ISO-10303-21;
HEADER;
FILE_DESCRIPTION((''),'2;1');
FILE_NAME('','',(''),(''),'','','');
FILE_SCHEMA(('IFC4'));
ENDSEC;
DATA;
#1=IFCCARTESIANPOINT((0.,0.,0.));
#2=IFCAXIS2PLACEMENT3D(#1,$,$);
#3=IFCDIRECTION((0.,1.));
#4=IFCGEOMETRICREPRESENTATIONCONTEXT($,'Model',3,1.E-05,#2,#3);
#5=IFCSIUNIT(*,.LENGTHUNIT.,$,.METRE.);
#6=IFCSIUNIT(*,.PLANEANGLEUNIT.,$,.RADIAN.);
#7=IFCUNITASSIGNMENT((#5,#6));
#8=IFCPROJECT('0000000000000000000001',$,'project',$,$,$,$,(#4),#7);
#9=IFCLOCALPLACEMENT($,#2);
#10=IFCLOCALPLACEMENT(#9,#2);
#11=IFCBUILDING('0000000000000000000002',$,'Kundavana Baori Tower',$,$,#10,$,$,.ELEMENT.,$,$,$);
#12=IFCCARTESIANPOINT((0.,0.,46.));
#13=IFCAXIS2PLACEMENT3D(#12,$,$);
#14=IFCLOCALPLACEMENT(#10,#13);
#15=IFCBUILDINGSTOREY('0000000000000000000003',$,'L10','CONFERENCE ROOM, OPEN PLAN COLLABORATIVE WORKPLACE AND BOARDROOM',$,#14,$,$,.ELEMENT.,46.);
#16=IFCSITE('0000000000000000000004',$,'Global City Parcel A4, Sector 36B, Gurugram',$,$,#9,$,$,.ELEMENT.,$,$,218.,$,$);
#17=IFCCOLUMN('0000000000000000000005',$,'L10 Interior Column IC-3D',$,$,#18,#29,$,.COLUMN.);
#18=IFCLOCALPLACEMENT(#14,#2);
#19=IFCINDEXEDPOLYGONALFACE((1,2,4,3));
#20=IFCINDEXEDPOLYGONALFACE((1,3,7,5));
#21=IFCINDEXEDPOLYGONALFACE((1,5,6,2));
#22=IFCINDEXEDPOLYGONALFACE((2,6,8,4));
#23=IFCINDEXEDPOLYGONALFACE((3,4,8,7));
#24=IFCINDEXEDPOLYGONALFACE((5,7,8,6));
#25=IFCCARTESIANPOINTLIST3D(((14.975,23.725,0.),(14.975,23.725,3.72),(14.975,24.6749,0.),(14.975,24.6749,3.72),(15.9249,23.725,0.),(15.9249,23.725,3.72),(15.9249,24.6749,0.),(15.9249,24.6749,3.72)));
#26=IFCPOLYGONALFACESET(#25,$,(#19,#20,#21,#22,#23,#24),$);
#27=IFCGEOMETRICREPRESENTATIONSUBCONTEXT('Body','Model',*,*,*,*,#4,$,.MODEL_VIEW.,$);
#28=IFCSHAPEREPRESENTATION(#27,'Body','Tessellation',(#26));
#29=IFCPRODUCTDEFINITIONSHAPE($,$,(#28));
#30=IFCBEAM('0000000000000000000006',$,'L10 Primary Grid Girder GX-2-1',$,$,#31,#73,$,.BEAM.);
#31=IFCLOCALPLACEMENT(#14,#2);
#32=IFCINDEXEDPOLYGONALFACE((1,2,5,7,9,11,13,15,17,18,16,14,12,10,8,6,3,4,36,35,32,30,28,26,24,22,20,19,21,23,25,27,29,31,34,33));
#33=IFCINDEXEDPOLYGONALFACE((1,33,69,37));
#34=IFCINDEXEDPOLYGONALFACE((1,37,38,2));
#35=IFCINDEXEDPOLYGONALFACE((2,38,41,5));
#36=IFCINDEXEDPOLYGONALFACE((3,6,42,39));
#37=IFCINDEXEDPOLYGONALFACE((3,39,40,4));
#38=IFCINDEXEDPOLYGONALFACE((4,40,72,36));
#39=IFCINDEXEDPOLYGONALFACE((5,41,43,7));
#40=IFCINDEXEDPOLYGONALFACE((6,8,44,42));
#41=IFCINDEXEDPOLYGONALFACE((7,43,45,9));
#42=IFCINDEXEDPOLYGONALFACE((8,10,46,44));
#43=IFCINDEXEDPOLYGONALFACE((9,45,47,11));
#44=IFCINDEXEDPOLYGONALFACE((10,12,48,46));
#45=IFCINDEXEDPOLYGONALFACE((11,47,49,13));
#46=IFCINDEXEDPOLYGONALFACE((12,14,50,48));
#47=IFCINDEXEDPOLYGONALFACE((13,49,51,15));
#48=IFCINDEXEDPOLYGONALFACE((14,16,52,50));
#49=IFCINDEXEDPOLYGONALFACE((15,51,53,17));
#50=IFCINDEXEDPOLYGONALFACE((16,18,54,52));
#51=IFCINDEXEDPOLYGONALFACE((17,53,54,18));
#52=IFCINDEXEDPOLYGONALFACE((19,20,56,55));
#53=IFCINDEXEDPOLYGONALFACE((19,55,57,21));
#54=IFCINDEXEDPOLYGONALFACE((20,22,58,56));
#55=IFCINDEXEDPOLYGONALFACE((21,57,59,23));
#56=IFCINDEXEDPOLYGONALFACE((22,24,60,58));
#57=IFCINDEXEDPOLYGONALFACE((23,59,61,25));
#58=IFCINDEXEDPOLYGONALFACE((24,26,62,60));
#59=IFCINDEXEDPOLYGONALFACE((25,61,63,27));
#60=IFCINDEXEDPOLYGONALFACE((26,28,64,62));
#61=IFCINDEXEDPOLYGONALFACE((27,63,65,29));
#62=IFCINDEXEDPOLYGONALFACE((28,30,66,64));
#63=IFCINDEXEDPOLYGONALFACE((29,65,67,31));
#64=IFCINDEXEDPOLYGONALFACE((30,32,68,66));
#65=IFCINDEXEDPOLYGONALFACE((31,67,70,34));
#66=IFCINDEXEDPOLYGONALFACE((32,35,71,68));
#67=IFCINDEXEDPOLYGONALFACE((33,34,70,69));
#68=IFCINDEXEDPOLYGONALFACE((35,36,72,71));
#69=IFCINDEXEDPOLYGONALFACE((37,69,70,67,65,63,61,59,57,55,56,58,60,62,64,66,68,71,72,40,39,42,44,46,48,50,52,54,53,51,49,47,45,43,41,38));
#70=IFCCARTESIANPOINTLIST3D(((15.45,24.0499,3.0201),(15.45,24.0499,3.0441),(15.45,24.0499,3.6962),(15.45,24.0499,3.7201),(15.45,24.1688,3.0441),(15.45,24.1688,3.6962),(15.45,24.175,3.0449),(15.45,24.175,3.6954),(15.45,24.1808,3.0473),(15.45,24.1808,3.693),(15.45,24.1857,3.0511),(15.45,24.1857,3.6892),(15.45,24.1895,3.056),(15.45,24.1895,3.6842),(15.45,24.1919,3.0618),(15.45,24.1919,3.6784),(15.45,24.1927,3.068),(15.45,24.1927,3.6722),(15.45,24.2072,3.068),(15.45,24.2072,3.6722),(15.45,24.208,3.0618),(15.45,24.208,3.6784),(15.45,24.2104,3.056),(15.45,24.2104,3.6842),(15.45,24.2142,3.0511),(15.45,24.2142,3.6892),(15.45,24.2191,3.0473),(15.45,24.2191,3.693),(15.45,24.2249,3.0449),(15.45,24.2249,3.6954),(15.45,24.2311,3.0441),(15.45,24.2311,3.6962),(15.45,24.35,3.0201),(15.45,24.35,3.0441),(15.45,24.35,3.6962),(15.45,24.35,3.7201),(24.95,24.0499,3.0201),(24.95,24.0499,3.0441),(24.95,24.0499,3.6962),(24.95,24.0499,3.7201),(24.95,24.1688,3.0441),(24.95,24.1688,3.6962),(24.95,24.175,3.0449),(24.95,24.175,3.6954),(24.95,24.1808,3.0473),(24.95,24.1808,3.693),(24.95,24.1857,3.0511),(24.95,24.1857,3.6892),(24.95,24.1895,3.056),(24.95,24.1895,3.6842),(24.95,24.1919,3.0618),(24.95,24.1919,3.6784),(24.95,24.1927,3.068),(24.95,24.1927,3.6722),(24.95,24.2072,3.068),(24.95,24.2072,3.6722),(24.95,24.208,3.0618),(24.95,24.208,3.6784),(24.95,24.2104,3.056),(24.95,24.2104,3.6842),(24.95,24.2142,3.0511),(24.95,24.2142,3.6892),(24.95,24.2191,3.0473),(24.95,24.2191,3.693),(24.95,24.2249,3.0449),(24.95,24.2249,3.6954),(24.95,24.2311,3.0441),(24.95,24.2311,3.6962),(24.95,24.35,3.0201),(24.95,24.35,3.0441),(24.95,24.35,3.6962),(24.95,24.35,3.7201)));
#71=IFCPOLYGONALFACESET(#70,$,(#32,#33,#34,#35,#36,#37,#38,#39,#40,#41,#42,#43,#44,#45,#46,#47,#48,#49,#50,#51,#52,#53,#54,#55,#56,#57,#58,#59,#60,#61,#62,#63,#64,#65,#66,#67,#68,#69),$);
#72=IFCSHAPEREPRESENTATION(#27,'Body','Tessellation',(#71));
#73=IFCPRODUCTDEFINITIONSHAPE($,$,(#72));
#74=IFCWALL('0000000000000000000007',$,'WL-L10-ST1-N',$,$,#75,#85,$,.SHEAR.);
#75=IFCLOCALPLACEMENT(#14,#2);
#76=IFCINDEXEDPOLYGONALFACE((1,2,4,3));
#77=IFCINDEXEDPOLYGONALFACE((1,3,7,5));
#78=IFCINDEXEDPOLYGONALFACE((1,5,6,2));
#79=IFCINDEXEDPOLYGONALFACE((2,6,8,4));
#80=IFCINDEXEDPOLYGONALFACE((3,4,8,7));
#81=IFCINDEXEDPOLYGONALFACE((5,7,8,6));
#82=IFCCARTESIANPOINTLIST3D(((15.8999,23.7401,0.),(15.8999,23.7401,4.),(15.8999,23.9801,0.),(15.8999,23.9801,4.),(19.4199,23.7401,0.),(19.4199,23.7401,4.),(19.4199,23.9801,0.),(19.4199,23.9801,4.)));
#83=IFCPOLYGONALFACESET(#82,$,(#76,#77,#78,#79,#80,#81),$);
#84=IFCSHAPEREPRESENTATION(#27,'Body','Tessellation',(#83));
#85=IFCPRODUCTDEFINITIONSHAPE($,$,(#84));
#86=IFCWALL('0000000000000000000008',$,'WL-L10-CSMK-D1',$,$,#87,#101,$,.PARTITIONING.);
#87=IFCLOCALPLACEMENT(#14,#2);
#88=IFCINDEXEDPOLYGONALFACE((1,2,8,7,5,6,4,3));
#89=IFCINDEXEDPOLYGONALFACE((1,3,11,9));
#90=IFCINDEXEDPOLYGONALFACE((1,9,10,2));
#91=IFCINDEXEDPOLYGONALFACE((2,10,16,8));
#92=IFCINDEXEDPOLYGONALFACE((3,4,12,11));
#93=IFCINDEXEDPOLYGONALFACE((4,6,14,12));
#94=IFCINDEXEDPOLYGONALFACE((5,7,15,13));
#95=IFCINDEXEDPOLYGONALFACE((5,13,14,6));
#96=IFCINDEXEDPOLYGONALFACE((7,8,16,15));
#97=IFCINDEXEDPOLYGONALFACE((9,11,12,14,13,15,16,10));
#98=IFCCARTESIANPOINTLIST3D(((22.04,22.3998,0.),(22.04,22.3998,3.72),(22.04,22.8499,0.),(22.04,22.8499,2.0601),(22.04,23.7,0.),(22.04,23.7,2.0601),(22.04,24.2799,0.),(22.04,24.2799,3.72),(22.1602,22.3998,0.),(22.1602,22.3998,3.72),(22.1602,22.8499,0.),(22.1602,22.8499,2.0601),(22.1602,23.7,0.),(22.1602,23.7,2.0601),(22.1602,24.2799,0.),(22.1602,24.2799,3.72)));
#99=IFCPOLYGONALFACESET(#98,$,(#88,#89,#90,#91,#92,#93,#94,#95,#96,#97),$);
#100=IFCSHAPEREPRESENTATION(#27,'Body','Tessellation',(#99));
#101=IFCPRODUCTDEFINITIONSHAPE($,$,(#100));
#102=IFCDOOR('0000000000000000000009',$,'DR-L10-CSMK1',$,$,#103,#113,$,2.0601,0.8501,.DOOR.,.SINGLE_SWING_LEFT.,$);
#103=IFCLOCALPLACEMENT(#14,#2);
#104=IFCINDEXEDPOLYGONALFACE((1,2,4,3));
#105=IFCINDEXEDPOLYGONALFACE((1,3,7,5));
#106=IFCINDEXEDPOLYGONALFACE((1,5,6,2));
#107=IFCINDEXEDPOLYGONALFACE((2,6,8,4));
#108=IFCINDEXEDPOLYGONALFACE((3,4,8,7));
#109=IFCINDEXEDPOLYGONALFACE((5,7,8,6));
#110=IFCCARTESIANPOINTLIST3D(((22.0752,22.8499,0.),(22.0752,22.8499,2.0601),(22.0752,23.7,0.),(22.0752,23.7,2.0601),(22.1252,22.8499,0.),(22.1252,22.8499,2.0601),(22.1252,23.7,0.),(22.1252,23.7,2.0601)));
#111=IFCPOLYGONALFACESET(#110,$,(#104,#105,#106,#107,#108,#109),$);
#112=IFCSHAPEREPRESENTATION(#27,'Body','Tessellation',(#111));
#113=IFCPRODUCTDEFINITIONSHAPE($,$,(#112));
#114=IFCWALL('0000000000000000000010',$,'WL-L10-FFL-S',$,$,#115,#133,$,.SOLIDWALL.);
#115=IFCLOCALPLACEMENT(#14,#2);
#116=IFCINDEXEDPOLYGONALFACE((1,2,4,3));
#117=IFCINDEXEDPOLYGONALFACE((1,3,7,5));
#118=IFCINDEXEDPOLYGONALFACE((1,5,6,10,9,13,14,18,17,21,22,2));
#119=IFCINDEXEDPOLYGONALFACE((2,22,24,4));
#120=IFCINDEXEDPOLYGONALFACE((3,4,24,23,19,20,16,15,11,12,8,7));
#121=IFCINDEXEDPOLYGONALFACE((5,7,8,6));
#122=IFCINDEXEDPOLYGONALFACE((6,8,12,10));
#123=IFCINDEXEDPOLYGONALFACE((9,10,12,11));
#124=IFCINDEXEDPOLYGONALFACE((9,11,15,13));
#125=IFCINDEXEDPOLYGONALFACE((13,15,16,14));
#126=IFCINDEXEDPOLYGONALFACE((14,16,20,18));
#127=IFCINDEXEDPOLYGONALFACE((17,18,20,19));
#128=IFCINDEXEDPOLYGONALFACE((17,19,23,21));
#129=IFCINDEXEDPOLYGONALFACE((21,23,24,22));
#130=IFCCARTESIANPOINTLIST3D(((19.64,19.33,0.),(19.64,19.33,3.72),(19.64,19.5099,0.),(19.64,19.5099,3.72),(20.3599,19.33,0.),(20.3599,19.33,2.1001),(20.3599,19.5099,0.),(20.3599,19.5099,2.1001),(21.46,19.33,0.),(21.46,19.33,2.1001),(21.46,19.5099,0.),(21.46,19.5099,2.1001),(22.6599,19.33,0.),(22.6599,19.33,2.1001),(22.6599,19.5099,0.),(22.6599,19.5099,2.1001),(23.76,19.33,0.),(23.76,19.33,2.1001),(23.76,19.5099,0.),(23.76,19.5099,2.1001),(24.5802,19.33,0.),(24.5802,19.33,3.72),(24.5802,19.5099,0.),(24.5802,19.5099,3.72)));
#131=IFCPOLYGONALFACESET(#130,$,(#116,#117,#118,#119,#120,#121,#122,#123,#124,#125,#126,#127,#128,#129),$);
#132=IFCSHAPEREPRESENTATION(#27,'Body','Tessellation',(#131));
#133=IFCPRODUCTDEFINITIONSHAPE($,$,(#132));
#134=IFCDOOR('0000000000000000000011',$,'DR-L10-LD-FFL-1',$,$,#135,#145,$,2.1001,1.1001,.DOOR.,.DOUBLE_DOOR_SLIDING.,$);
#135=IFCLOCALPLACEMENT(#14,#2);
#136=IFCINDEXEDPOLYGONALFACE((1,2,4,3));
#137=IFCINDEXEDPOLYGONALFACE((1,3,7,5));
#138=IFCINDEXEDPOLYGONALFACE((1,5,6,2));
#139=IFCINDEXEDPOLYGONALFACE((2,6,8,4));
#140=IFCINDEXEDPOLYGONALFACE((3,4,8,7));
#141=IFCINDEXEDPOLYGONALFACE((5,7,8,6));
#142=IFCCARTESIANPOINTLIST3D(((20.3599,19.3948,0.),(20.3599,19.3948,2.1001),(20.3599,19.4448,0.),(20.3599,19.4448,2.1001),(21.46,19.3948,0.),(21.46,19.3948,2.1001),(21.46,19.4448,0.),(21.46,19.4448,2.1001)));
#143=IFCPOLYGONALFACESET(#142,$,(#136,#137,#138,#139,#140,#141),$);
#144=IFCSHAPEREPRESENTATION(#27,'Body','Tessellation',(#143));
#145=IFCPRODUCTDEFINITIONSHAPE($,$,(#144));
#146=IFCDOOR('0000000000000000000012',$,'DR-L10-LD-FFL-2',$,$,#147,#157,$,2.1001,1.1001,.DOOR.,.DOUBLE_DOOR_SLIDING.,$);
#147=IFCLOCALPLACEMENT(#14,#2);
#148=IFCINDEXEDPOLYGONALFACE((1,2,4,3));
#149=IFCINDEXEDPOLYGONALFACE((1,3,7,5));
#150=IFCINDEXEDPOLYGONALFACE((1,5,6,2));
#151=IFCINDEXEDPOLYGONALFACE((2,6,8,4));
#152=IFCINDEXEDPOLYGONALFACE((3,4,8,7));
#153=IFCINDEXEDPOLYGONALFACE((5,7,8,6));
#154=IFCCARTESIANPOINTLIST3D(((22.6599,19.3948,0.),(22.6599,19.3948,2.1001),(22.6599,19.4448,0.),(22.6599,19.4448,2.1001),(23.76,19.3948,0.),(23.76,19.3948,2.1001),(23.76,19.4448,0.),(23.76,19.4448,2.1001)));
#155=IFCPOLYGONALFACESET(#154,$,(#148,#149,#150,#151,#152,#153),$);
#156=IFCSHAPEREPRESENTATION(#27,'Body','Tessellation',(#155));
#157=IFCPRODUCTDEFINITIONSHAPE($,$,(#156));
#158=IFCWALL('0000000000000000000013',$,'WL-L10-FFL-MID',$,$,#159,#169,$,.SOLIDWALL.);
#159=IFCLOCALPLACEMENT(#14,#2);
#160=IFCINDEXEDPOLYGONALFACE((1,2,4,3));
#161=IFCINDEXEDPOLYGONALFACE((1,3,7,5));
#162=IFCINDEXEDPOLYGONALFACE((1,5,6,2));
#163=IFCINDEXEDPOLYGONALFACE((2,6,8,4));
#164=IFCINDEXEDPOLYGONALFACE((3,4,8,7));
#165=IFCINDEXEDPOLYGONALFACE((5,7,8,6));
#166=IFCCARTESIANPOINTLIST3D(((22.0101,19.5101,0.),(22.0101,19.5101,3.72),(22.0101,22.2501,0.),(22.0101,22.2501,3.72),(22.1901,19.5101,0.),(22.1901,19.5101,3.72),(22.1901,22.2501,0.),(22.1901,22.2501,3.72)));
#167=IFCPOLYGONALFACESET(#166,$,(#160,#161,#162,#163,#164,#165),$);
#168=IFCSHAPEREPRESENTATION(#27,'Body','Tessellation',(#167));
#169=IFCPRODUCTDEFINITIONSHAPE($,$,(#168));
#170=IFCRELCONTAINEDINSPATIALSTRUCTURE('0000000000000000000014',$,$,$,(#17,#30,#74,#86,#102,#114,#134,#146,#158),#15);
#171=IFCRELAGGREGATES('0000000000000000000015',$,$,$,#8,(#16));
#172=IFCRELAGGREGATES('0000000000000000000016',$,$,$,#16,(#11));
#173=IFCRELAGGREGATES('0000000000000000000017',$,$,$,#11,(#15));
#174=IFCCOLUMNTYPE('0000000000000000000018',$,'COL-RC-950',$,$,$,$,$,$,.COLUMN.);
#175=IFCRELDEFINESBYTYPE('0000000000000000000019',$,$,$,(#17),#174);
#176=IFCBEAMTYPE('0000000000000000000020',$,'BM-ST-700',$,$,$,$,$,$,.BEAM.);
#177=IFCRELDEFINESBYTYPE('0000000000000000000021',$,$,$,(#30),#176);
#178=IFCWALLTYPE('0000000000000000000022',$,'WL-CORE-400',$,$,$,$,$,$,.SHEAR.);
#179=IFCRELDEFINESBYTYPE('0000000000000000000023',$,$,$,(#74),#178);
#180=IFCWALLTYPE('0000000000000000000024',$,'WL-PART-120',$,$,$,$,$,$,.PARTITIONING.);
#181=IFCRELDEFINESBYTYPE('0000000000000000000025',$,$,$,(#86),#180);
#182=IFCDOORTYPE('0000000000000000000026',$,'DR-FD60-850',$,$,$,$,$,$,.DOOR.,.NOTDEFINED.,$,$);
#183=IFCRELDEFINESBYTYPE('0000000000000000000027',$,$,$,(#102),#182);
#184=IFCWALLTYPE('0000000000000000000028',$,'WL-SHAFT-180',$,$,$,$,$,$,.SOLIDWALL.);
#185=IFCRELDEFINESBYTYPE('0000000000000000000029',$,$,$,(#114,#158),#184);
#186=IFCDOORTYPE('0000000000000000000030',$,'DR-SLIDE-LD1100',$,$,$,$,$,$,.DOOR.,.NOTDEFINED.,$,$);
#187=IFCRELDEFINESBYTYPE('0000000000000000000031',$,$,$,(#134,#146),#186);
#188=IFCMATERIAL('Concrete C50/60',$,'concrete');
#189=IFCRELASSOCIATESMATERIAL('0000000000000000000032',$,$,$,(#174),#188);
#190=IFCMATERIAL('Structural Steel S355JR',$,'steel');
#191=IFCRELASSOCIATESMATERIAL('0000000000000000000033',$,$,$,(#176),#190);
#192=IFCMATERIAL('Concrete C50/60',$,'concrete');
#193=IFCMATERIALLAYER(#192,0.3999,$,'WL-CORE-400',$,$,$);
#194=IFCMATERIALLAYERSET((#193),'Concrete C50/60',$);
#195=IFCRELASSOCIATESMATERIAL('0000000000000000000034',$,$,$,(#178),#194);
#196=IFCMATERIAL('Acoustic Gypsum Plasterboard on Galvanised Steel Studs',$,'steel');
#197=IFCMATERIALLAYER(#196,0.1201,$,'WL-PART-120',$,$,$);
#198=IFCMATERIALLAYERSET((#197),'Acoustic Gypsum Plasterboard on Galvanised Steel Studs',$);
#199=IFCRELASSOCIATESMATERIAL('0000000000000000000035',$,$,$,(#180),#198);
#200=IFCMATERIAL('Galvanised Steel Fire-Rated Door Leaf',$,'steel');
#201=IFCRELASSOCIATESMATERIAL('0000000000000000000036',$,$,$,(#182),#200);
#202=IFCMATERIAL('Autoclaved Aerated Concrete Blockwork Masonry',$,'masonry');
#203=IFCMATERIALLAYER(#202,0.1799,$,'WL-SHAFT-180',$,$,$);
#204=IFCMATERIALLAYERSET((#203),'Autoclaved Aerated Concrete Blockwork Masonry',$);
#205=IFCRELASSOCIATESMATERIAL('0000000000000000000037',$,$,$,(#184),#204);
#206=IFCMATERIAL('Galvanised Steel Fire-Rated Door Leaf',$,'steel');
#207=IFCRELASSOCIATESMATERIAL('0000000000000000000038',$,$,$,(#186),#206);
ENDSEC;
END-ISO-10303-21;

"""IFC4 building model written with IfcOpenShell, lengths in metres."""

from ifc_helpers import new_model, si_unit, direction, frame, frame_2d, origin, origin_2d, place, context, subcontext, project, spatial, rectangle, i_section, extrude, material, layer, layer_set, material_profile, profile_set, type_object, element, fill, save


model = new_model("IFC4")

# Units and contexts
model_context = context("Model", 3, precision=1e-05, world=origin(), true_north=direction((0.0, 1.0)))
body_context = subcontext(model_context, "Body", "Model", "MODEL_VIEW")
ifc_project = project(units=[si_unit("LENGTHUNIT", "METRE"), si_unit("PLANEANGLEUNIT", "RADIAN")], contexts=[model_context])

# Site, building, storey
site_placement = place(None, origin())
site = spatial("IfcSite", under=ifc_project, at=site_placement, Name="Global City Parcel A4, Sector 36B, Gurugram", CompositionType="ELEMENT", RefElevation=218.0)
building_placement = place(site_placement, origin())
building = spatial("IfcBuilding", under=site, at=building_placement, Name="Kundavana Baori Tower", CompositionType="ELEMENT")
storey_placement = place(building_placement, frame((0.0, 0.0, 46.0)))
storey = spatial("IfcBuildingStorey", under=building, at=storey_placement, Name="L10", Description="CONFERENCE ROOM, OPEN PLAN COLLABORATIVE WORKPLACE AND BOARDROOM", CompositionType="ELEMENT", Elevation=46.0)

# Column
ifc_material_1 = material(Name="Concrete C50/60", Category="concrete")
ifc_material_profile_1 = material_profile(ifc_material_1, rectangle(XDim=0.95, YDim=0.95, at=origin_2d()), Name="RC 950x950")
ifc_profile_set_1 = profile_set([ifc_material_profile_1], Name="Concrete C50/60")
column_type = type_object("IfcColumnType", Name="COL-RC-950", PredefinedType="COLUMN", material=ifc_profile_set_1)
column_placement = place(storey_placement, frame((15.45, 24.2, 0.0), z_axis=(0.0, 0.0, 1.0), x_axis=(1.0, 0.0, 0.0)))
element("IfcColumn", 1, at=column_placement, inside=storey, type_object=column_type, Name="L10 Interior Column IC-3D", PredefinedType="COLUMN", context=body_context, shape_type="SweptSolid", body=[
    extrude(rectangle(XDim=0.95, YDim=0.95, at=origin_2d()), origin(), (0.0, 0.0, 1.0), 3.72),
])

# Beam
ifc_material_2 = material(Name="Structural Steel S355JR", Category="steel")
ifc_material_profile_2 = material_profile(ifc_material_2, i_section(OverallWidth=0.3, OverallDepth=0.7, WebThickness=0.0144, FlangeThickness=0.0239, FilletRadius=0.0239, at=origin_2d()), Name="NPB 700x300x170")
ifc_profile_set_2 = profile_set([ifc_material_profile_2], Name="Structural Steel S355JR")
beam_type = type_object("IfcBeamType", Name="BM-ST-700", PredefinedType="BEAM", material=ifc_profile_set_2)
beam_placement = place(storey_placement, frame((15.45, 24.2, 3.3701), z_axis=(1.0, 0.0, 0.0), x_axis=(0.0, 1.0, 0.0)))
element("IfcBeam", 2, at=beam_placement, inside=storey, type_object=beam_type, Name="L10 Primary Grid Girder GX-2-1", PredefinedType="BEAM", context=body_context, shape_type="SweptSolid", body=[
    extrude(i_section(OverallWidth=0.3, OverallDepth=0.7, WebThickness=0.0144, FlangeThickness=0.0239, FilletRadius=0.0239, at=origin_2d()), origin(), (0.0, 0.0, 1.0), 9.5),
])

# Wall
ifc_material_3 = material(Name="Concrete C50/60", Category="concrete")
ifc_layer_1 = layer(ifc_material_3, 0.3999, Name="WL-CORE-400")
ifc_layer_set_1 = layer_set([ifc_layer_1], Name="Concrete C50/60")
wall_type_1 = type_object("IfcWallType", Name="WL-CORE-400", PredefinedType="SHEAR", material=ifc_layer_set_1)
wall_1_placement = place(storey_placement, frame((15.8999, 23.8601, 0.0), z_axis=(0.0, 0.0, 1.0), x_axis=(1.0, 0.0, 0.0)))
element("IfcWall", 3, at=wall_1_placement, inside=storey, type_object=wall_type_1, Name="WL-L10-ST1-N", PredefinedType="SHEAR", context=body_context, shape_type="SweptSolid", body=[
    extrude(rectangle(XDim=3.52, YDim=0.24, at=frame_2d((1.76, 0.0))), origin(), (0.0, 0.0, 1.0), 4.0),
])

# Wall, opening, door
ifc_material_4 = material(Name="Acoustic Gypsum Plasterboard on Galvanised Steel Studs", Category="steel")
ifc_layer_2 = layer(ifc_material_4, 0.1201, Name="WL-PART-120")
ifc_layer_set_2 = layer_set([ifc_layer_2], Name="Acoustic Gypsum Plasterboard on Galvanised Steel Studs")
wall_type_2 = type_object("IfcWallType", Name="WL-PART-120", PredefinedType="PARTITIONING", material=ifc_layer_set_2)
wall_2_placement = place(storey_placement, frame((22.1001, 22.3999, 0.0), z_axis=(0.0, 0.0, 1.0), x_axis=(0.0, 1.0, 0.0)))
wall_2 = element("IfcWall", 4, at=wall_2_placement, inside=storey, type_object=wall_type_2, Name="WL-L10-CSMK-D1", PredefinedType="PARTITIONING", context=body_context, shape_type="SweptSolid", body=[
    extrude(rectangle(XDim=1.8801, YDim=0.1201, at=frame_2d((0.9399, 0.0))), origin(), (0.0, 0.0, 1.0), 3.72),
])
opening_1_placement = place(wall_2_placement, frame((0.45, 0.0, 0.0)))
opening_1 = element("IfcOpeningElement", 5, at=opening_1_placement, cuts=wall_2, PredefinedType="OPENING", context=body_context, shape_type="SweptSolid", body=[
    extrude(rectangle(XDim=0.8501, YDim=2.0601, at=frame_2d((0.425, 1.03))), frame((0.0, 0.0701, 0.0), z_axis=(0.0, -1.0, 0.0), x_axis=(1.0, 0.0, 0.0)), (0.0, 0.0, 1.0), 0.1401),
])
ifc_material_5 = material(Name="Galvanised Steel Fire-Rated Door Leaf", Category="steel")
door_type_1 = type_object("IfcDoorType", Name="DR-FD60-850", OperationType="NOTDEFINED", PredefinedType="DOOR", material=ifc_material_5)
door_1_placement = place(opening_1_placement, origin())
door_1 = element("IfcDoor", 6, at=door_1_placement, inside=storey, type_object=door_type_1, Name="DR-L10-CSMK1", OperationType="SINGLE_SWING_LEFT", OverallHeight=2.0601, OverallWidth=0.8501, PredefinedType="DOOR", context=body_context, shape_type="SweptSolid", body=[
    extrude(rectangle(XDim=0.8501, YDim=2.0601, at=frame_2d((0.425, 1.03))), frame((0.0, 0.0249, 0.0), z_axis=(0.0, -1.0, 0.0), x_axis=(1.0, 0.0, 0.0)), (0.0, 0.0, 1.0), 0.05),
])
fill(opening_1, door_1)

# Wall, openings, doors
ifc_material_6 = material(Name="Autoclaved Aerated Concrete Blockwork Masonry", Category="masonry")
ifc_layer_3 = layer(ifc_material_6, 0.1799, Name="WL-SHAFT-180")
ifc_layer_set_3 = layer_set([ifc_layer_3], Name="Autoclaved Aerated Concrete Blockwork Masonry")
wall_type_3 = type_object("IfcWallType", Name="WL-SHAFT-180", PredefinedType="SOLIDWALL", material=ifc_layer_set_3)
wall_3_placement = place(storey_placement, frame((19.6399, 19.4199, 0.0), z_axis=(0.0, 0.0, 1.0), x_axis=(1.0, 0.0, 0.0)))
wall_3 = element("IfcWall", 7, at=wall_3_placement, inside=storey, type_object=wall_type_3, Name="WL-L10-FFL-S", PredefinedType="SOLIDWALL", context=body_context, shape_type="SweptSolid", body=[
    extrude(rectangle(XDim=4.9402, YDim=0.1799, at=frame_2d((2.4702, 0.0))), origin(), (0.0, 0.0, 1.0), 3.72),
])
opening_2_placement = place(wall_3_placement, frame((0.72, 0.0, 0.0)))
opening_2 = element("IfcOpeningElement", 8, at=opening_2_placement, cuts=wall_3, PredefinedType="OPENING", context=body_context, shape_type="SweptSolid", body=[
    extrude(rectangle(XDim=1.1001, YDim=2.1001, at=frame_2d((0.55, 1.05))), frame((0.0, 0.1001, 0.0), z_axis=(0.0, -1.0, 0.0), x_axis=(1.0, 0.0, 0.0)), (0.0, 0.0, 1.0), 0.2),
])
opening_3_placement = place(wall_3_placement, frame((3.02, 0.0, 0.0)))
opening_3 = element("IfcOpeningElement", 9, at=opening_3_placement, cuts=wall_3, PredefinedType="OPENING", context=body_context, shape_type="SweptSolid", body=[
    extrude(rectangle(XDim=1.1001, YDim=2.1001, at=frame_2d((0.55, 1.05))), frame((0.0, 0.1001, 0.0), z_axis=(0.0, -1.0, 0.0), x_axis=(1.0, 0.0, 0.0)), (0.0, 0.0, 1.0), 0.2),
])
ifc_material_7 = material(Name="Galvanised Steel Fire-Rated Door Leaf", Category="steel")
door_type_2 = type_object("IfcDoorType", Name="DR-SLIDE-LD1100", OperationType="NOTDEFINED", PredefinedType="DOOR", material=ifc_material_7)
door_2_placement = place(opening_2_placement, origin())
door_2 = element("IfcDoor", 10, at=door_2_placement, inside=storey, type_object=door_type_2, Name="DR-L10-LD-FFL-1", OperationType="DOUBLE_DOOR_SLIDING", OverallHeight=2.1001, OverallWidth=1.1001, PredefinedType="DOOR", context=body_context, shape_type="SweptSolid", body=[
    extrude(rectangle(XDim=1.1001, YDim=2.1001, at=frame_2d((0.55, 1.05))), frame((0.0, 0.0249, 0.0), z_axis=(0.0, -1.0, 0.0), x_axis=(1.0, 0.0, 0.0)), (0.0, 0.0, 1.0), 0.05),
])
fill(opening_2, door_2)
door_3_placement = place(opening_3_placement, origin())
door_3 = element("IfcDoor", 11, at=door_3_placement, inside=storey, type_object=door_type_2, Name="DR-L10-LD-FFL-2", OperationType="DOUBLE_DOOR_SLIDING", OverallHeight=2.1001, OverallWidth=1.1001, PredefinedType="DOOR", context=body_context, shape_type="SweptSolid", body=[
    extrude(rectangle(XDim=1.1001, YDim=2.1001, at=frame_2d((0.55, 1.05))), frame((0.0, 0.0249, 0.0), z_axis=(0.0, -1.0, 0.0), x_axis=(1.0, 0.0, 0.0)), (0.0, 0.0, 1.0), 0.05),
])
fill(opening_3, door_3)

# Wall
wall_4_placement = place(storey_placement, frame((22.1001, 19.51, 0.0), z_axis=(0.0, 0.0, 1.0), x_axis=(0.0, 1.0, 0.0)))
element("IfcWall", 12, at=wall_4_placement, inside=storey, type_object=wall_type_3, Name="WL-L10-FFL-MID", PredefinedType="SOLIDWALL", context=body_context, shape_type="SweptSolid", body=[
    extrude(rectangle(XDim=2.74, YDim=0.1799, at=frame_2d((1.3701, 0.0))), origin(), (0.0, 0.0, 1.0), 3.72),
])

save(model, "model.ifc")
